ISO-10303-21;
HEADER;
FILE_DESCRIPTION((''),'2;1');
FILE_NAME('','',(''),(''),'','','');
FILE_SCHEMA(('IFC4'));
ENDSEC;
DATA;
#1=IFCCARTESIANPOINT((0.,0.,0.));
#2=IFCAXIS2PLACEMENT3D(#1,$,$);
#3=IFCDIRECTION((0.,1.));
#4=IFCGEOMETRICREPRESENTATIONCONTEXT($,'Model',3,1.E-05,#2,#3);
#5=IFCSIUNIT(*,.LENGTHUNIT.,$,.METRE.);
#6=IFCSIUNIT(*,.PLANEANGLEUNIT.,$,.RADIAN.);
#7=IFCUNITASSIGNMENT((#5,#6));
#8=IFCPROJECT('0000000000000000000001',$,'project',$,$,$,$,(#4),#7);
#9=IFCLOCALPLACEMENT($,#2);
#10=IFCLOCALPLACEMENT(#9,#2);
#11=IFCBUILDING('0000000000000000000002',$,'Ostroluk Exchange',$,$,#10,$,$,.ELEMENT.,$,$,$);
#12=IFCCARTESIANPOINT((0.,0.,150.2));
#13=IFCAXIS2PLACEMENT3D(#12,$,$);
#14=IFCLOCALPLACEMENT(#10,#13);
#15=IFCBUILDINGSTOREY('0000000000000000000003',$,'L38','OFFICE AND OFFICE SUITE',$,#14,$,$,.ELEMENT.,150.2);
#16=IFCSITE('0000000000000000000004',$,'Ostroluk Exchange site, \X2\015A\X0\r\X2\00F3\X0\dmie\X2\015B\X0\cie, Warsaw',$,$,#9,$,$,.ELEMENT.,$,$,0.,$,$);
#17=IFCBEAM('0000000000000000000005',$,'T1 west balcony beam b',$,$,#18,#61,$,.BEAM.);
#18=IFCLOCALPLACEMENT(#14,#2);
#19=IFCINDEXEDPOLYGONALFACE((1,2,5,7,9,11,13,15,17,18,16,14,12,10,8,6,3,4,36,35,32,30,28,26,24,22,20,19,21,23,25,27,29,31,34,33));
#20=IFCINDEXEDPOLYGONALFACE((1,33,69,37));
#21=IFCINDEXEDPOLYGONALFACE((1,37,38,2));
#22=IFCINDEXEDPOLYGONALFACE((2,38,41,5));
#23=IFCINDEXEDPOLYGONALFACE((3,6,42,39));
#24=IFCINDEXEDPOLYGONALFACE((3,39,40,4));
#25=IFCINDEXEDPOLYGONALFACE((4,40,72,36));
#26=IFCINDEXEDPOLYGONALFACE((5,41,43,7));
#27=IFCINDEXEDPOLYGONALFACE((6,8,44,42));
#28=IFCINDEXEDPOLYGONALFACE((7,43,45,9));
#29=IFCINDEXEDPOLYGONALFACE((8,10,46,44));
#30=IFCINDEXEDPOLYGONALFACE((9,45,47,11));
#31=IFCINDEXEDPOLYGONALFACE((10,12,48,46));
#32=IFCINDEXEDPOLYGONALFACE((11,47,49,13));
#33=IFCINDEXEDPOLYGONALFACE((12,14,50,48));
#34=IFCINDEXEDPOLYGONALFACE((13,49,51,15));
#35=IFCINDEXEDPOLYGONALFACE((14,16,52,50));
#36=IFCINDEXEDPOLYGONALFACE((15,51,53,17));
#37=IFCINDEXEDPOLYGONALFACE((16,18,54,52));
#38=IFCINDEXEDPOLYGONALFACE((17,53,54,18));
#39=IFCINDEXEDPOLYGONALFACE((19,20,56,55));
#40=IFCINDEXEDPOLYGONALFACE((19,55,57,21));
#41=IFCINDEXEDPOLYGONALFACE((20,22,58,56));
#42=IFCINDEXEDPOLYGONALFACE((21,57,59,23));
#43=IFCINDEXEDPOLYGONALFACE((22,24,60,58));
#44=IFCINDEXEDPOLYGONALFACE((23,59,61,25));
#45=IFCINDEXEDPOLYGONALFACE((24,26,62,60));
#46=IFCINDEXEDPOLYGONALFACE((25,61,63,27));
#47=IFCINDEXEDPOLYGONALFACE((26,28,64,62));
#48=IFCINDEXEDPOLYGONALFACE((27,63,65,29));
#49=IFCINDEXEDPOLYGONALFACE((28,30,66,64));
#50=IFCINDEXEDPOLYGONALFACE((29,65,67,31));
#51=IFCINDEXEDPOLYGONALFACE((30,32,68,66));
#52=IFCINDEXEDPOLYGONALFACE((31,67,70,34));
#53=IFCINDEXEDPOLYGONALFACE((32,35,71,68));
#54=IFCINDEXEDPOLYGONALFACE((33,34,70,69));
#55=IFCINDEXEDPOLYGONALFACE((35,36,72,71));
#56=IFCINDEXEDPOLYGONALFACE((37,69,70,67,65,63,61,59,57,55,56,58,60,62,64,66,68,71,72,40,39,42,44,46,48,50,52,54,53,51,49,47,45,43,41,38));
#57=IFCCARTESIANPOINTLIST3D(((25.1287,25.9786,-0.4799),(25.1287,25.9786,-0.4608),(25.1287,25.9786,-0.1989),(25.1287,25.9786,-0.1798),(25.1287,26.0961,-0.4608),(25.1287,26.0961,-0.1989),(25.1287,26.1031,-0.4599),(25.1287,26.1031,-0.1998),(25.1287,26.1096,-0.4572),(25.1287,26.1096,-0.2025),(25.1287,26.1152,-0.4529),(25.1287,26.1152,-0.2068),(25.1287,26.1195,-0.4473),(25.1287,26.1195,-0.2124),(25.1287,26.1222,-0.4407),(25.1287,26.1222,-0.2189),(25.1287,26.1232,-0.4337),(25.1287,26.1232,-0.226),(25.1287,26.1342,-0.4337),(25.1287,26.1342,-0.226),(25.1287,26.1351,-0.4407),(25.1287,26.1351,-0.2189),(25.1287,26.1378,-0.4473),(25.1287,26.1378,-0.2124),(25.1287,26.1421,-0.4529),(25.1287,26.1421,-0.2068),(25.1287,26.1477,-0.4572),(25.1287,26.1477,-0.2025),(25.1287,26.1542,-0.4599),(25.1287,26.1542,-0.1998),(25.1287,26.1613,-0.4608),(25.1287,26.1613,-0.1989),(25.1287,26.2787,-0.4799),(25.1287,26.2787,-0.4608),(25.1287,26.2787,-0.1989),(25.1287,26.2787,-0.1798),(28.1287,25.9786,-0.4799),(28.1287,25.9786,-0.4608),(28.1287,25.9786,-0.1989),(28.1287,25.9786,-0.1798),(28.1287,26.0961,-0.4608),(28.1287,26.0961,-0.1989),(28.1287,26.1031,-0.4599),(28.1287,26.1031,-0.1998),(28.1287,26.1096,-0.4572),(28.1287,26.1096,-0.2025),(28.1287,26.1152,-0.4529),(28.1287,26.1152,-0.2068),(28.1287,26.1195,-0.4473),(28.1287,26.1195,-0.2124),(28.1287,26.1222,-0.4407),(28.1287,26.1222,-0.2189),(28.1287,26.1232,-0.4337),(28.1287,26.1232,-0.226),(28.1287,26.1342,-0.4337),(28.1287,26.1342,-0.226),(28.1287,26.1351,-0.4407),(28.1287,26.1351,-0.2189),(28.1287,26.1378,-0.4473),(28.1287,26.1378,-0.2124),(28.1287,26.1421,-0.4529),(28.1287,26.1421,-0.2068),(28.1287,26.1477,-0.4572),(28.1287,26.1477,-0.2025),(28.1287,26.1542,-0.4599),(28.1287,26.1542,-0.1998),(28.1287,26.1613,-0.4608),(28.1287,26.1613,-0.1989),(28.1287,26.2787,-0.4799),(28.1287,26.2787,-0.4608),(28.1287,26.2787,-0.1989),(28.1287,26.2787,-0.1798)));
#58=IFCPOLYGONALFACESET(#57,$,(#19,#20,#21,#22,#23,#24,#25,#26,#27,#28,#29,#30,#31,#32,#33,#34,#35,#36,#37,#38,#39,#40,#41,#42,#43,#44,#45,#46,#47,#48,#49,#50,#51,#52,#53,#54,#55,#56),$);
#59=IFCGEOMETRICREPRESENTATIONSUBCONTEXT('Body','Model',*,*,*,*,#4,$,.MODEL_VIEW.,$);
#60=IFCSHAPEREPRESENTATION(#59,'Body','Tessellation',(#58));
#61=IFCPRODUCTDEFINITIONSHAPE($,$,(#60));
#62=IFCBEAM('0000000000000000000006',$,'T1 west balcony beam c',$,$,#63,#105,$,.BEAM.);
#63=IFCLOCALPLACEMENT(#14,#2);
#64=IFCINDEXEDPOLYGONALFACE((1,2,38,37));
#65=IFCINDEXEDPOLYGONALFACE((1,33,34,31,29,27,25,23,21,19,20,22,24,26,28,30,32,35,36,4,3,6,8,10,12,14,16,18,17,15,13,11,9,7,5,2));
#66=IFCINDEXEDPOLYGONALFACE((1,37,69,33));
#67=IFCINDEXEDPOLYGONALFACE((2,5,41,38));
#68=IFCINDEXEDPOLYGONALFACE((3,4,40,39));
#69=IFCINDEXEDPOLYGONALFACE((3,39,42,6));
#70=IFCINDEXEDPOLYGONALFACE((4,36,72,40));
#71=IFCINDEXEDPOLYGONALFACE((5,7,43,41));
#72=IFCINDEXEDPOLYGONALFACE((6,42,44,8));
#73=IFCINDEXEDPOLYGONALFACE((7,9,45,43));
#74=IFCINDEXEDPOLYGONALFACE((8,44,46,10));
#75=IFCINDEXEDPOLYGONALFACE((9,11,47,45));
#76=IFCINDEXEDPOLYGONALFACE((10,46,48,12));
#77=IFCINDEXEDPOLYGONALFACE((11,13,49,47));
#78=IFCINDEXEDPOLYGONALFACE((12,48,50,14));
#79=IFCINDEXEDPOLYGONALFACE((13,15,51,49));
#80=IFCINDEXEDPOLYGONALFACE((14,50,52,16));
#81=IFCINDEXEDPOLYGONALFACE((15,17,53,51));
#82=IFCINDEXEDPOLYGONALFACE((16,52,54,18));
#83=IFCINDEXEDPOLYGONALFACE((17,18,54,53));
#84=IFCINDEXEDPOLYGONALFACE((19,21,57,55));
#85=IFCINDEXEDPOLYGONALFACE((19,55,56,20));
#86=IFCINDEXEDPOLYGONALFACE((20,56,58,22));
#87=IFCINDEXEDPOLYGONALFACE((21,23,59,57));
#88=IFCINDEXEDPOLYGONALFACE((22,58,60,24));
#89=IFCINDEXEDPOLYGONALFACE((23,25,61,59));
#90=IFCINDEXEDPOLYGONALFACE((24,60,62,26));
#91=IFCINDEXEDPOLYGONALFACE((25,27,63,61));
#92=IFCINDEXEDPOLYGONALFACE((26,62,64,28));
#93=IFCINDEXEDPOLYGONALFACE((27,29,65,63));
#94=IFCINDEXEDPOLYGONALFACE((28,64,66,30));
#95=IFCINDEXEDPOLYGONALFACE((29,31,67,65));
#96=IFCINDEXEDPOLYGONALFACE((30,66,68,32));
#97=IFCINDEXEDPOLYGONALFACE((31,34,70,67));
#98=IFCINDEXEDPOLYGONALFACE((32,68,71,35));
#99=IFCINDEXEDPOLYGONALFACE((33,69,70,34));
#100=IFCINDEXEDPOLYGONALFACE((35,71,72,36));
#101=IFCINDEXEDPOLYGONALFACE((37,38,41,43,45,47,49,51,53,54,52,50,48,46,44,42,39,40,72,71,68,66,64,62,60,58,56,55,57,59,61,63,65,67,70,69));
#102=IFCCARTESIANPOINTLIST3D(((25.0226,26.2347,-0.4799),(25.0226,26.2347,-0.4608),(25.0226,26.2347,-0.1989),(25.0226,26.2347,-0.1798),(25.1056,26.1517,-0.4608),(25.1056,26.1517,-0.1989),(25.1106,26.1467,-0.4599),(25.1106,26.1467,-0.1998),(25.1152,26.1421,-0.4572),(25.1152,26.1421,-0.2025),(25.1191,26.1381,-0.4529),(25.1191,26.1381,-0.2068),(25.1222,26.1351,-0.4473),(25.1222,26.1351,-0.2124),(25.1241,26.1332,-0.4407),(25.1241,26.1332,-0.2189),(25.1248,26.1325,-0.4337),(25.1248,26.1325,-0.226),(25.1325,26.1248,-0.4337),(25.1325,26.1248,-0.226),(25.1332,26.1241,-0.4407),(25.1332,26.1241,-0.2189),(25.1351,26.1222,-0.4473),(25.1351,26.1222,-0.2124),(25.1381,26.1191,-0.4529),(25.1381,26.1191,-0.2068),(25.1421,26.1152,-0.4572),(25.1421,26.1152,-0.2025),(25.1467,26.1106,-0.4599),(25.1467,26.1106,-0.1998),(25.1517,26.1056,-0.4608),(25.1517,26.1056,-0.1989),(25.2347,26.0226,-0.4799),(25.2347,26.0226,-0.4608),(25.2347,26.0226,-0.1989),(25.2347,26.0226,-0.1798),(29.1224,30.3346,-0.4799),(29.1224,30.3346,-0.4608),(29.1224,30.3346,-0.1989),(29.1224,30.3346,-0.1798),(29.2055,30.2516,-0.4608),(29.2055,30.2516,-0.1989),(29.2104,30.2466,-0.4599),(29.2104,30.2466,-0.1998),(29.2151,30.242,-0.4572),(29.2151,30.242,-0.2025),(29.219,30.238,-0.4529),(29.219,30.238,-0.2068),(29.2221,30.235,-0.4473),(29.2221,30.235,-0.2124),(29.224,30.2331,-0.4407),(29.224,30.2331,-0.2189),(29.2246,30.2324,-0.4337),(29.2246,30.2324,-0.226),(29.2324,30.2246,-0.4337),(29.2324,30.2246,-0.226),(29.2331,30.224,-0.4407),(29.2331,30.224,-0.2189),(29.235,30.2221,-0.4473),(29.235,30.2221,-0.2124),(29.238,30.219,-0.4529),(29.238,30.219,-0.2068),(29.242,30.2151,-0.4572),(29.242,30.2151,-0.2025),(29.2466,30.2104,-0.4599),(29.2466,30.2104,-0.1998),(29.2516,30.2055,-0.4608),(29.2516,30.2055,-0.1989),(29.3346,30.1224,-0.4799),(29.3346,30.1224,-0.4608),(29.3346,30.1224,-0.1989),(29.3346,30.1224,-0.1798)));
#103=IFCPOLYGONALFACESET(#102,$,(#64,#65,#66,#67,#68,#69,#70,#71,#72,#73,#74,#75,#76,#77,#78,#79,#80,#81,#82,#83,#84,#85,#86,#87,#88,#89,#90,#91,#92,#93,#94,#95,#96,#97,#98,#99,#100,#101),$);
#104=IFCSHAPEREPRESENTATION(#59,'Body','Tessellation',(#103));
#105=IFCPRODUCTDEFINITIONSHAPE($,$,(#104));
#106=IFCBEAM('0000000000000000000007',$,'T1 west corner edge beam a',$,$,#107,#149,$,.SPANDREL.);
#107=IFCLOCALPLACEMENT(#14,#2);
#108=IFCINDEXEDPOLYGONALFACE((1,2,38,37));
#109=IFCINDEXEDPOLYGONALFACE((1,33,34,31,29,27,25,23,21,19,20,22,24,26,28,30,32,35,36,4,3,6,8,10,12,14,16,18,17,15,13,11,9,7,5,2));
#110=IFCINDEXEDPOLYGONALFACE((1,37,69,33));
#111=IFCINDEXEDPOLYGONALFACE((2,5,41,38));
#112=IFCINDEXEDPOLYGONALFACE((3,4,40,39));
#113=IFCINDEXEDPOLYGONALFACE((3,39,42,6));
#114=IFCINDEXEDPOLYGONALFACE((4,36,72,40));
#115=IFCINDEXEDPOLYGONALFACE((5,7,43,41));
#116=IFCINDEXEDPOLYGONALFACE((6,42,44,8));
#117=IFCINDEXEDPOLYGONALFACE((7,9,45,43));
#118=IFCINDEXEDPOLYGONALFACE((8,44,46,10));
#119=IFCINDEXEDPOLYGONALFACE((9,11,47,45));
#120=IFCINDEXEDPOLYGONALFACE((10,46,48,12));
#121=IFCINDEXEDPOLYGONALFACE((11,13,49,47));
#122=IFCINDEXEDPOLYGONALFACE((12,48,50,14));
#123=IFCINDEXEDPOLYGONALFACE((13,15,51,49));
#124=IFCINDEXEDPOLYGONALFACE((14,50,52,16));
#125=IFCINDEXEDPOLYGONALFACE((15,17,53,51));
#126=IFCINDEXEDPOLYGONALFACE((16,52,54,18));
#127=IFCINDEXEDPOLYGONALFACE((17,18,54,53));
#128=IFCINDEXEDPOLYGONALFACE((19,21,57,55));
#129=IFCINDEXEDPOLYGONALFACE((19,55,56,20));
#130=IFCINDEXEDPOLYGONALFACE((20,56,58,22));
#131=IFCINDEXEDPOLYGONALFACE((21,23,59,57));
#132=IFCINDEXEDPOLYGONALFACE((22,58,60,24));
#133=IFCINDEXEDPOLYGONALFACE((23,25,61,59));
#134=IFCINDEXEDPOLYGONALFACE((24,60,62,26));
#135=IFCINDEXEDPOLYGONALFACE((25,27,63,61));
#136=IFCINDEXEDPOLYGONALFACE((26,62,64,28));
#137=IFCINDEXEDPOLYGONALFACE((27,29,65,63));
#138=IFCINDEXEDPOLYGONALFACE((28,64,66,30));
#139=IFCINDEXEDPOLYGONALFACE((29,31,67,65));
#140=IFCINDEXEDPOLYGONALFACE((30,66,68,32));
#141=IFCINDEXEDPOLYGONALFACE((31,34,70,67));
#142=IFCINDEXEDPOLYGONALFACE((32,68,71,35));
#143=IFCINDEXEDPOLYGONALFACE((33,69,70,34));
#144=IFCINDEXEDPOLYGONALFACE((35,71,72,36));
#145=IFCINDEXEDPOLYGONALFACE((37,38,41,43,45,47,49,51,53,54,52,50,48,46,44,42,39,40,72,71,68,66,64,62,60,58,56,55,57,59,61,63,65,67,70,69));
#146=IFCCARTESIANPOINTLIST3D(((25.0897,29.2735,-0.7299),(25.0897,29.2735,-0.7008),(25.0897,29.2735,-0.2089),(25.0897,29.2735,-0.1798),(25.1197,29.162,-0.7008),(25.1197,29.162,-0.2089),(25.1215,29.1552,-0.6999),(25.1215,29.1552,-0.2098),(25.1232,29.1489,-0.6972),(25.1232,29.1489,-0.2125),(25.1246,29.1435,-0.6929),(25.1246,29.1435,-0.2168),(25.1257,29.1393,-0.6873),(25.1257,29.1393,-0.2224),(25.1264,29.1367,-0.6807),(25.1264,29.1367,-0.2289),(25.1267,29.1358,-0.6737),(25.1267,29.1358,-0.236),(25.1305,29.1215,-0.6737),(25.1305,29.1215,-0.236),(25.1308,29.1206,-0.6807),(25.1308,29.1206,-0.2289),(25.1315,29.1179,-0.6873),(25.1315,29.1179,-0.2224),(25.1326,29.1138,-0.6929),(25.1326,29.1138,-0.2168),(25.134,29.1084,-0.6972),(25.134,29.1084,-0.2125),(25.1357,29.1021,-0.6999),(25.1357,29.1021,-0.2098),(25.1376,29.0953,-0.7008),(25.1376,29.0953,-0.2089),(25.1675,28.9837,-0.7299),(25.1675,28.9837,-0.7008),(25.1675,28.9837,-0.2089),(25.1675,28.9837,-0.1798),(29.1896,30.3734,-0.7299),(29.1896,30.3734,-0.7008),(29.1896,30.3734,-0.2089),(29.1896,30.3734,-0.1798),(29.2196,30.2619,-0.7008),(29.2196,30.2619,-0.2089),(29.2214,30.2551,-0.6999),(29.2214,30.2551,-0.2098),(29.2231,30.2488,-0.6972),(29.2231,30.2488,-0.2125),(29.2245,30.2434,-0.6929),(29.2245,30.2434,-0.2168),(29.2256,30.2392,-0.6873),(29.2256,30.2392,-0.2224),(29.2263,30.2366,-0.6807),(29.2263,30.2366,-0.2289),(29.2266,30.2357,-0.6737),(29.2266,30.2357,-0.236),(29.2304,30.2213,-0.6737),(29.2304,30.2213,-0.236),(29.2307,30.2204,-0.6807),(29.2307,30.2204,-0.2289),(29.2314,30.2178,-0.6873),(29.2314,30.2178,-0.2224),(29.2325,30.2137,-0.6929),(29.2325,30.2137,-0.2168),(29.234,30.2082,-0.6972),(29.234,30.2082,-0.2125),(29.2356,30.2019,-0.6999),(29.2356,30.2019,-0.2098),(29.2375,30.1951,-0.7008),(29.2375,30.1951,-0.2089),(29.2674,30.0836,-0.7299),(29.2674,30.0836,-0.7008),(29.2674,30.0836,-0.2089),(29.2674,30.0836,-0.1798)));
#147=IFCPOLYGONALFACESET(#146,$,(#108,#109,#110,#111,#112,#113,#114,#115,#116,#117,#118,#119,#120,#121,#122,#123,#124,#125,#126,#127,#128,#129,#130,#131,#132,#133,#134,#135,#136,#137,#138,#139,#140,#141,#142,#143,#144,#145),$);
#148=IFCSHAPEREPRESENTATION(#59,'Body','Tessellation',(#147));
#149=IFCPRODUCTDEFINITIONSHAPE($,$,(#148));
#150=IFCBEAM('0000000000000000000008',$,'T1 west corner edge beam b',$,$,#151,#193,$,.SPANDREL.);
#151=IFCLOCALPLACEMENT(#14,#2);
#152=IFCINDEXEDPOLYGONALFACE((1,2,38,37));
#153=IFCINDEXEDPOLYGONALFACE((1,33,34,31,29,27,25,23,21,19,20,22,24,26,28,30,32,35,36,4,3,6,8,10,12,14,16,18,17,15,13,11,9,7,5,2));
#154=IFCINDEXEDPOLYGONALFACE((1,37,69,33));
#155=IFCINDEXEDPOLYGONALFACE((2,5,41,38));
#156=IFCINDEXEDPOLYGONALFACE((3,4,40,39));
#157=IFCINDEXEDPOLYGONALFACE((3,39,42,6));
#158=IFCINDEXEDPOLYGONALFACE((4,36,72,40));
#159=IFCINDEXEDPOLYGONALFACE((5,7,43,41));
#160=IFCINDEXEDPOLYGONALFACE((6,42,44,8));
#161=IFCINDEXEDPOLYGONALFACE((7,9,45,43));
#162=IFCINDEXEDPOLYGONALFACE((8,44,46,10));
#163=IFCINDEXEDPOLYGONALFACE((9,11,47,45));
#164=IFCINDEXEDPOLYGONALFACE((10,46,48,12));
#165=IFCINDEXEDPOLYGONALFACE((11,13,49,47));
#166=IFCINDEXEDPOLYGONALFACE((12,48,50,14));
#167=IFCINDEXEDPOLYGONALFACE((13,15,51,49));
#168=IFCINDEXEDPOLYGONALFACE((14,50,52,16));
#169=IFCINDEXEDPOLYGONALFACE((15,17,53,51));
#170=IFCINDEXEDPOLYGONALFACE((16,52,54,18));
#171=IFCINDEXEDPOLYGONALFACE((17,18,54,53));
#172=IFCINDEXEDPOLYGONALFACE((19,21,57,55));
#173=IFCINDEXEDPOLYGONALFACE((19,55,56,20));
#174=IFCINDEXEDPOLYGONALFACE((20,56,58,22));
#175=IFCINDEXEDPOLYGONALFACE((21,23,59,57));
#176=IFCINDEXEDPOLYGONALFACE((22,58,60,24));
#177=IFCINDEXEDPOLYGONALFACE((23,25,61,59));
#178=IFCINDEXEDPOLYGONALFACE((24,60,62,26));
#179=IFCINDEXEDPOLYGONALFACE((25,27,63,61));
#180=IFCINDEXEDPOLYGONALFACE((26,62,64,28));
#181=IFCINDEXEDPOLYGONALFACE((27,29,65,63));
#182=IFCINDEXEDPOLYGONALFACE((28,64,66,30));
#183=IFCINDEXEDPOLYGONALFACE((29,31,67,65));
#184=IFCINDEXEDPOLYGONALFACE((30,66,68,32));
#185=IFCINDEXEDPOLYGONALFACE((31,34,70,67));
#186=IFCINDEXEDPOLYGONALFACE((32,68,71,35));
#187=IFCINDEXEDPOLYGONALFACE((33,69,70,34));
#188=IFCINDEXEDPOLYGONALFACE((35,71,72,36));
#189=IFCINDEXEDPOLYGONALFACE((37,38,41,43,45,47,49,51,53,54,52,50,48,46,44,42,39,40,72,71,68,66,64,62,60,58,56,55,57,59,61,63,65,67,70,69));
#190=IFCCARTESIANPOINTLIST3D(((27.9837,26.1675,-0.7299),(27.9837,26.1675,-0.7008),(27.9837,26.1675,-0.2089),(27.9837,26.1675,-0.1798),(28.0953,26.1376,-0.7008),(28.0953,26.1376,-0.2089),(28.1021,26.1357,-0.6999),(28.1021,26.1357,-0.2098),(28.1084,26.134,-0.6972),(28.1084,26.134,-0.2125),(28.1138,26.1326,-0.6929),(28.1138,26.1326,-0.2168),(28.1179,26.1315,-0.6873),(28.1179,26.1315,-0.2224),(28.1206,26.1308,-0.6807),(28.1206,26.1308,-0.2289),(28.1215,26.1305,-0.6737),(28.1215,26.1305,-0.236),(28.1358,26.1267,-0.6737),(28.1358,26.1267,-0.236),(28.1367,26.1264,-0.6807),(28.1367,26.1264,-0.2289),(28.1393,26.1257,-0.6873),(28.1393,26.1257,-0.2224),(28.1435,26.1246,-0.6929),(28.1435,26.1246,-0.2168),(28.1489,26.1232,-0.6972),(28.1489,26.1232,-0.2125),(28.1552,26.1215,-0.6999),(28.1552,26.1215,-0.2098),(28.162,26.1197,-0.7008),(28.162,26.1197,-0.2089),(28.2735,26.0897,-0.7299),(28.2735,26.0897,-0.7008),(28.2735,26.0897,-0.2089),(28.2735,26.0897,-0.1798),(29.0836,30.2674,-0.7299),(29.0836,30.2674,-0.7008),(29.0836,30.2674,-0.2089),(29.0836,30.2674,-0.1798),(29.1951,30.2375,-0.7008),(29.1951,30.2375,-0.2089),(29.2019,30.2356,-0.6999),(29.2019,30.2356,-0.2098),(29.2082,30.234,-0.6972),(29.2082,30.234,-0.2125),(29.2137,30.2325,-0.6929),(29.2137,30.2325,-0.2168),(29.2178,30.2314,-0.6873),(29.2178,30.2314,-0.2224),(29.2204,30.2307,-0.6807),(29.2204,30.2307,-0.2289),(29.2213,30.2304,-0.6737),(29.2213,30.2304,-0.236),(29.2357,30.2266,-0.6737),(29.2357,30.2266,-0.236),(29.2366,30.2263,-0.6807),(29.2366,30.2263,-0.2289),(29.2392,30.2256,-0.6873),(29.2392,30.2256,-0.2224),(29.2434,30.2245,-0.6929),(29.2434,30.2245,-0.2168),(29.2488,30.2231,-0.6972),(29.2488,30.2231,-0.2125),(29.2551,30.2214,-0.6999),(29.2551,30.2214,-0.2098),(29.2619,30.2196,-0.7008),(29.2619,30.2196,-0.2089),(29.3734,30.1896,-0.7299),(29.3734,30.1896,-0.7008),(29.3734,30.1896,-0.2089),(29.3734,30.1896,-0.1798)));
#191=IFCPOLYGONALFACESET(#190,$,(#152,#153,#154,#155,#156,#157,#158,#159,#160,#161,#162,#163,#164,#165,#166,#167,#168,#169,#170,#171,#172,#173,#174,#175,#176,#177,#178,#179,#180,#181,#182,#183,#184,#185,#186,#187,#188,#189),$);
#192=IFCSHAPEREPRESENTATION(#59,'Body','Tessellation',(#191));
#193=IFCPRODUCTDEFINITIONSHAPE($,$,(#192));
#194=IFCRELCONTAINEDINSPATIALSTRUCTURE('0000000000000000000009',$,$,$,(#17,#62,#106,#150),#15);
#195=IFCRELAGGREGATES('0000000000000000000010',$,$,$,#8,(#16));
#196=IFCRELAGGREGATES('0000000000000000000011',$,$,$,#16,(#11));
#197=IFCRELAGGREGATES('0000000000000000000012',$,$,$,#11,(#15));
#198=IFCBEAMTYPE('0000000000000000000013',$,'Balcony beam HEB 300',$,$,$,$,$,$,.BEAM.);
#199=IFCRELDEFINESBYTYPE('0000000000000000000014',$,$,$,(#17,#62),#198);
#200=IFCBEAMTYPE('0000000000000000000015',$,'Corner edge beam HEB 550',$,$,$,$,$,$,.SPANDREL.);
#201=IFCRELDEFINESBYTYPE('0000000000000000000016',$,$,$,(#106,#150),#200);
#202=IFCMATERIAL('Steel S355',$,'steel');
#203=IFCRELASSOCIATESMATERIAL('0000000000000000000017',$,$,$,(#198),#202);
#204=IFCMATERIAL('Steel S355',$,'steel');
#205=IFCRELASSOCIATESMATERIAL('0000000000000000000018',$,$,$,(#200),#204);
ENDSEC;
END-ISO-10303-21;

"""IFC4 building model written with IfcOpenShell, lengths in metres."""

from ifc_helpers import new_model, si_unit, direction, frame, origin, origin_2d, place, context, subcontext, project, spatial, i_section, extrude, material, material_profile, profile_set, type_object, element, save


model = new_model("IFC4")

# Units and contexts
model_context = context("Model", 3, precision=1e-05, world=origin(), true_north=direction((0.0, 1.0)))
body_context = subcontext(model_context, "Body", "Model", "MODEL_VIEW")
ifc_project = project(units=[si_unit("LENGTHUNIT", "METRE"), si_unit("PLANEANGLEUNIT", "RADIAN")], contexts=[model_context])

# Site, building, storey
site_placement = place(None, origin())
site = spatial("IfcSite", under=ifc_project, at=site_placement, Name="Ostroluk Exchange site, Śródmieście, Warsaw", CompositionType="ELEMENT", RefElevation=0.0)
building_placement = place(site_placement, origin())
building = spatial("IfcBuilding", under=site, at=building_placement, Name="Ostroluk Exchange", CompositionType="ELEMENT")
storey_placement = place(building_placement, frame((0.0, 0.0, 150.2)))
storey = spatial("IfcBuildingStorey", under=building, at=storey_placement, Name="L38", Description="OFFICE AND OFFICE SUITE", CompositionType="ELEMENT", Elevation=150.2)

# Beams
ifc_material_1 = material(Name="Steel S355", Category="steel")
ifc_material_profile_1 = material_profile(ifc_material_1, i_section(OverallWidth=0.3, OverallDepth=0.3, WebThickness=0.011, FlangeThickness=0.019, FilletRadius=0.0271, at=origin_2d()), Name="HEB 300")
ifc_profile_set_1 = profile_set([ifc_material_profile_1], Name="Steel S355")
beam_type_1 = type_object("IfcBeamType", Name="Balcony beam HEB 300", PredefinedType="BEAM", material=ifc_profile_set_1)
beam_1_placement = place(storey_placement, frame((28.1287, 26.1287, -0.3298), z_axis=(-1.0, 0.0, 0.0), x_axis=(0.0, -1.0, 0.0)))
element("IfcBeam", 1, at=beam_1_placement, inside=storey, type_object=beam_type_1, Name="T1 west balcony beam b", PredefinedType="BEAM", context=body_context, shape_type="SweptSolid", body=[
    extrude(i_section(OverallWidth=0.3, OverallDepth=0.3, WebThickness=0.011, FlangeThickness=0.019, FilletRadius=0.0271, at=origin_2d()), origin(), (0.0, 0.0, 1.0), 3.0),
])
beam_2_placement = place(storey_placement, frame((29.2285, 30.2285, -0.3298), z_axis=(-0.707107, -0.707107, 0.0), x_axis=(0.707107, -0.707107, 0.0)))
element("IfcBeam", 2, at=beam_2_placement, inside=storey, type_object=beam_type_1, Name="T1 west balcony beam c", PredefinedType="BEAM", context=body_context, shape_type="SweptSolid", body=[
    extrude(i_section(OverallWidth=0.3, OverallDepth=0.3, WebThickness=0.011, FlangeThickness=0.019, FilletRadius=0.0271, at=origin_2d()), origin(), (0.0, 0.0, 1.0), 5.7981),
])
ifc_material_2 = material(Name="Steel S355", Category="steel")
ifc_material_profile_2 = material_profile(ifc_material_2, i_section(OverallWidth=0.3, OverallDepth=0.55, WebThickness=0.0149, FlangeThickness=0.0291, FilletRadius=0.0271, at=origin_2d()), Name="HEB 550")
ifc_profile_set_2 = profile_set([ifc_material_profile_2], Name="Steel S355")
beam_type_2 = type_object("IfcBeamType", Name="Corner edge beam HEB 550", PredefinedType="SPANDREL", material=ifc_profile_set_2)
for number, where, z_axis, x_axis, name in (
    (3, (29.2285, 30.2285, -0.4548), (-0.965849, -0.259105, 0.0), (0.259105, -0.965849, 0.0), "T1 west corner edge beam a"),
    (4, (29.2285, 30.2285, -0.4548), (-0.259105, -0.965849, 0.0), (0.965849, -0.259105, 0.0), "T1 west corner edge beam b"),
):
    element("IfcBeam", number, at=place(storey_placement, frame(where, z_axis=z_axis, x_axis=x_axis)), inside=storey, type_object=beam_type_2, Name=name, PredefinedType="SPANDREL", context=body_context, shape_type="SweptSolid", body=[
        extrude(i_section(OverallWidth=0.3, OverallDepth=0.55, WebThickness=0.0149, FlangeThickness=0.0291, FilletRadius=0.0271, at=origin_2d()), origin(), (0.0, 0.0, 1.0), 4.2449),
    ])

save(model, "model.ifc")
